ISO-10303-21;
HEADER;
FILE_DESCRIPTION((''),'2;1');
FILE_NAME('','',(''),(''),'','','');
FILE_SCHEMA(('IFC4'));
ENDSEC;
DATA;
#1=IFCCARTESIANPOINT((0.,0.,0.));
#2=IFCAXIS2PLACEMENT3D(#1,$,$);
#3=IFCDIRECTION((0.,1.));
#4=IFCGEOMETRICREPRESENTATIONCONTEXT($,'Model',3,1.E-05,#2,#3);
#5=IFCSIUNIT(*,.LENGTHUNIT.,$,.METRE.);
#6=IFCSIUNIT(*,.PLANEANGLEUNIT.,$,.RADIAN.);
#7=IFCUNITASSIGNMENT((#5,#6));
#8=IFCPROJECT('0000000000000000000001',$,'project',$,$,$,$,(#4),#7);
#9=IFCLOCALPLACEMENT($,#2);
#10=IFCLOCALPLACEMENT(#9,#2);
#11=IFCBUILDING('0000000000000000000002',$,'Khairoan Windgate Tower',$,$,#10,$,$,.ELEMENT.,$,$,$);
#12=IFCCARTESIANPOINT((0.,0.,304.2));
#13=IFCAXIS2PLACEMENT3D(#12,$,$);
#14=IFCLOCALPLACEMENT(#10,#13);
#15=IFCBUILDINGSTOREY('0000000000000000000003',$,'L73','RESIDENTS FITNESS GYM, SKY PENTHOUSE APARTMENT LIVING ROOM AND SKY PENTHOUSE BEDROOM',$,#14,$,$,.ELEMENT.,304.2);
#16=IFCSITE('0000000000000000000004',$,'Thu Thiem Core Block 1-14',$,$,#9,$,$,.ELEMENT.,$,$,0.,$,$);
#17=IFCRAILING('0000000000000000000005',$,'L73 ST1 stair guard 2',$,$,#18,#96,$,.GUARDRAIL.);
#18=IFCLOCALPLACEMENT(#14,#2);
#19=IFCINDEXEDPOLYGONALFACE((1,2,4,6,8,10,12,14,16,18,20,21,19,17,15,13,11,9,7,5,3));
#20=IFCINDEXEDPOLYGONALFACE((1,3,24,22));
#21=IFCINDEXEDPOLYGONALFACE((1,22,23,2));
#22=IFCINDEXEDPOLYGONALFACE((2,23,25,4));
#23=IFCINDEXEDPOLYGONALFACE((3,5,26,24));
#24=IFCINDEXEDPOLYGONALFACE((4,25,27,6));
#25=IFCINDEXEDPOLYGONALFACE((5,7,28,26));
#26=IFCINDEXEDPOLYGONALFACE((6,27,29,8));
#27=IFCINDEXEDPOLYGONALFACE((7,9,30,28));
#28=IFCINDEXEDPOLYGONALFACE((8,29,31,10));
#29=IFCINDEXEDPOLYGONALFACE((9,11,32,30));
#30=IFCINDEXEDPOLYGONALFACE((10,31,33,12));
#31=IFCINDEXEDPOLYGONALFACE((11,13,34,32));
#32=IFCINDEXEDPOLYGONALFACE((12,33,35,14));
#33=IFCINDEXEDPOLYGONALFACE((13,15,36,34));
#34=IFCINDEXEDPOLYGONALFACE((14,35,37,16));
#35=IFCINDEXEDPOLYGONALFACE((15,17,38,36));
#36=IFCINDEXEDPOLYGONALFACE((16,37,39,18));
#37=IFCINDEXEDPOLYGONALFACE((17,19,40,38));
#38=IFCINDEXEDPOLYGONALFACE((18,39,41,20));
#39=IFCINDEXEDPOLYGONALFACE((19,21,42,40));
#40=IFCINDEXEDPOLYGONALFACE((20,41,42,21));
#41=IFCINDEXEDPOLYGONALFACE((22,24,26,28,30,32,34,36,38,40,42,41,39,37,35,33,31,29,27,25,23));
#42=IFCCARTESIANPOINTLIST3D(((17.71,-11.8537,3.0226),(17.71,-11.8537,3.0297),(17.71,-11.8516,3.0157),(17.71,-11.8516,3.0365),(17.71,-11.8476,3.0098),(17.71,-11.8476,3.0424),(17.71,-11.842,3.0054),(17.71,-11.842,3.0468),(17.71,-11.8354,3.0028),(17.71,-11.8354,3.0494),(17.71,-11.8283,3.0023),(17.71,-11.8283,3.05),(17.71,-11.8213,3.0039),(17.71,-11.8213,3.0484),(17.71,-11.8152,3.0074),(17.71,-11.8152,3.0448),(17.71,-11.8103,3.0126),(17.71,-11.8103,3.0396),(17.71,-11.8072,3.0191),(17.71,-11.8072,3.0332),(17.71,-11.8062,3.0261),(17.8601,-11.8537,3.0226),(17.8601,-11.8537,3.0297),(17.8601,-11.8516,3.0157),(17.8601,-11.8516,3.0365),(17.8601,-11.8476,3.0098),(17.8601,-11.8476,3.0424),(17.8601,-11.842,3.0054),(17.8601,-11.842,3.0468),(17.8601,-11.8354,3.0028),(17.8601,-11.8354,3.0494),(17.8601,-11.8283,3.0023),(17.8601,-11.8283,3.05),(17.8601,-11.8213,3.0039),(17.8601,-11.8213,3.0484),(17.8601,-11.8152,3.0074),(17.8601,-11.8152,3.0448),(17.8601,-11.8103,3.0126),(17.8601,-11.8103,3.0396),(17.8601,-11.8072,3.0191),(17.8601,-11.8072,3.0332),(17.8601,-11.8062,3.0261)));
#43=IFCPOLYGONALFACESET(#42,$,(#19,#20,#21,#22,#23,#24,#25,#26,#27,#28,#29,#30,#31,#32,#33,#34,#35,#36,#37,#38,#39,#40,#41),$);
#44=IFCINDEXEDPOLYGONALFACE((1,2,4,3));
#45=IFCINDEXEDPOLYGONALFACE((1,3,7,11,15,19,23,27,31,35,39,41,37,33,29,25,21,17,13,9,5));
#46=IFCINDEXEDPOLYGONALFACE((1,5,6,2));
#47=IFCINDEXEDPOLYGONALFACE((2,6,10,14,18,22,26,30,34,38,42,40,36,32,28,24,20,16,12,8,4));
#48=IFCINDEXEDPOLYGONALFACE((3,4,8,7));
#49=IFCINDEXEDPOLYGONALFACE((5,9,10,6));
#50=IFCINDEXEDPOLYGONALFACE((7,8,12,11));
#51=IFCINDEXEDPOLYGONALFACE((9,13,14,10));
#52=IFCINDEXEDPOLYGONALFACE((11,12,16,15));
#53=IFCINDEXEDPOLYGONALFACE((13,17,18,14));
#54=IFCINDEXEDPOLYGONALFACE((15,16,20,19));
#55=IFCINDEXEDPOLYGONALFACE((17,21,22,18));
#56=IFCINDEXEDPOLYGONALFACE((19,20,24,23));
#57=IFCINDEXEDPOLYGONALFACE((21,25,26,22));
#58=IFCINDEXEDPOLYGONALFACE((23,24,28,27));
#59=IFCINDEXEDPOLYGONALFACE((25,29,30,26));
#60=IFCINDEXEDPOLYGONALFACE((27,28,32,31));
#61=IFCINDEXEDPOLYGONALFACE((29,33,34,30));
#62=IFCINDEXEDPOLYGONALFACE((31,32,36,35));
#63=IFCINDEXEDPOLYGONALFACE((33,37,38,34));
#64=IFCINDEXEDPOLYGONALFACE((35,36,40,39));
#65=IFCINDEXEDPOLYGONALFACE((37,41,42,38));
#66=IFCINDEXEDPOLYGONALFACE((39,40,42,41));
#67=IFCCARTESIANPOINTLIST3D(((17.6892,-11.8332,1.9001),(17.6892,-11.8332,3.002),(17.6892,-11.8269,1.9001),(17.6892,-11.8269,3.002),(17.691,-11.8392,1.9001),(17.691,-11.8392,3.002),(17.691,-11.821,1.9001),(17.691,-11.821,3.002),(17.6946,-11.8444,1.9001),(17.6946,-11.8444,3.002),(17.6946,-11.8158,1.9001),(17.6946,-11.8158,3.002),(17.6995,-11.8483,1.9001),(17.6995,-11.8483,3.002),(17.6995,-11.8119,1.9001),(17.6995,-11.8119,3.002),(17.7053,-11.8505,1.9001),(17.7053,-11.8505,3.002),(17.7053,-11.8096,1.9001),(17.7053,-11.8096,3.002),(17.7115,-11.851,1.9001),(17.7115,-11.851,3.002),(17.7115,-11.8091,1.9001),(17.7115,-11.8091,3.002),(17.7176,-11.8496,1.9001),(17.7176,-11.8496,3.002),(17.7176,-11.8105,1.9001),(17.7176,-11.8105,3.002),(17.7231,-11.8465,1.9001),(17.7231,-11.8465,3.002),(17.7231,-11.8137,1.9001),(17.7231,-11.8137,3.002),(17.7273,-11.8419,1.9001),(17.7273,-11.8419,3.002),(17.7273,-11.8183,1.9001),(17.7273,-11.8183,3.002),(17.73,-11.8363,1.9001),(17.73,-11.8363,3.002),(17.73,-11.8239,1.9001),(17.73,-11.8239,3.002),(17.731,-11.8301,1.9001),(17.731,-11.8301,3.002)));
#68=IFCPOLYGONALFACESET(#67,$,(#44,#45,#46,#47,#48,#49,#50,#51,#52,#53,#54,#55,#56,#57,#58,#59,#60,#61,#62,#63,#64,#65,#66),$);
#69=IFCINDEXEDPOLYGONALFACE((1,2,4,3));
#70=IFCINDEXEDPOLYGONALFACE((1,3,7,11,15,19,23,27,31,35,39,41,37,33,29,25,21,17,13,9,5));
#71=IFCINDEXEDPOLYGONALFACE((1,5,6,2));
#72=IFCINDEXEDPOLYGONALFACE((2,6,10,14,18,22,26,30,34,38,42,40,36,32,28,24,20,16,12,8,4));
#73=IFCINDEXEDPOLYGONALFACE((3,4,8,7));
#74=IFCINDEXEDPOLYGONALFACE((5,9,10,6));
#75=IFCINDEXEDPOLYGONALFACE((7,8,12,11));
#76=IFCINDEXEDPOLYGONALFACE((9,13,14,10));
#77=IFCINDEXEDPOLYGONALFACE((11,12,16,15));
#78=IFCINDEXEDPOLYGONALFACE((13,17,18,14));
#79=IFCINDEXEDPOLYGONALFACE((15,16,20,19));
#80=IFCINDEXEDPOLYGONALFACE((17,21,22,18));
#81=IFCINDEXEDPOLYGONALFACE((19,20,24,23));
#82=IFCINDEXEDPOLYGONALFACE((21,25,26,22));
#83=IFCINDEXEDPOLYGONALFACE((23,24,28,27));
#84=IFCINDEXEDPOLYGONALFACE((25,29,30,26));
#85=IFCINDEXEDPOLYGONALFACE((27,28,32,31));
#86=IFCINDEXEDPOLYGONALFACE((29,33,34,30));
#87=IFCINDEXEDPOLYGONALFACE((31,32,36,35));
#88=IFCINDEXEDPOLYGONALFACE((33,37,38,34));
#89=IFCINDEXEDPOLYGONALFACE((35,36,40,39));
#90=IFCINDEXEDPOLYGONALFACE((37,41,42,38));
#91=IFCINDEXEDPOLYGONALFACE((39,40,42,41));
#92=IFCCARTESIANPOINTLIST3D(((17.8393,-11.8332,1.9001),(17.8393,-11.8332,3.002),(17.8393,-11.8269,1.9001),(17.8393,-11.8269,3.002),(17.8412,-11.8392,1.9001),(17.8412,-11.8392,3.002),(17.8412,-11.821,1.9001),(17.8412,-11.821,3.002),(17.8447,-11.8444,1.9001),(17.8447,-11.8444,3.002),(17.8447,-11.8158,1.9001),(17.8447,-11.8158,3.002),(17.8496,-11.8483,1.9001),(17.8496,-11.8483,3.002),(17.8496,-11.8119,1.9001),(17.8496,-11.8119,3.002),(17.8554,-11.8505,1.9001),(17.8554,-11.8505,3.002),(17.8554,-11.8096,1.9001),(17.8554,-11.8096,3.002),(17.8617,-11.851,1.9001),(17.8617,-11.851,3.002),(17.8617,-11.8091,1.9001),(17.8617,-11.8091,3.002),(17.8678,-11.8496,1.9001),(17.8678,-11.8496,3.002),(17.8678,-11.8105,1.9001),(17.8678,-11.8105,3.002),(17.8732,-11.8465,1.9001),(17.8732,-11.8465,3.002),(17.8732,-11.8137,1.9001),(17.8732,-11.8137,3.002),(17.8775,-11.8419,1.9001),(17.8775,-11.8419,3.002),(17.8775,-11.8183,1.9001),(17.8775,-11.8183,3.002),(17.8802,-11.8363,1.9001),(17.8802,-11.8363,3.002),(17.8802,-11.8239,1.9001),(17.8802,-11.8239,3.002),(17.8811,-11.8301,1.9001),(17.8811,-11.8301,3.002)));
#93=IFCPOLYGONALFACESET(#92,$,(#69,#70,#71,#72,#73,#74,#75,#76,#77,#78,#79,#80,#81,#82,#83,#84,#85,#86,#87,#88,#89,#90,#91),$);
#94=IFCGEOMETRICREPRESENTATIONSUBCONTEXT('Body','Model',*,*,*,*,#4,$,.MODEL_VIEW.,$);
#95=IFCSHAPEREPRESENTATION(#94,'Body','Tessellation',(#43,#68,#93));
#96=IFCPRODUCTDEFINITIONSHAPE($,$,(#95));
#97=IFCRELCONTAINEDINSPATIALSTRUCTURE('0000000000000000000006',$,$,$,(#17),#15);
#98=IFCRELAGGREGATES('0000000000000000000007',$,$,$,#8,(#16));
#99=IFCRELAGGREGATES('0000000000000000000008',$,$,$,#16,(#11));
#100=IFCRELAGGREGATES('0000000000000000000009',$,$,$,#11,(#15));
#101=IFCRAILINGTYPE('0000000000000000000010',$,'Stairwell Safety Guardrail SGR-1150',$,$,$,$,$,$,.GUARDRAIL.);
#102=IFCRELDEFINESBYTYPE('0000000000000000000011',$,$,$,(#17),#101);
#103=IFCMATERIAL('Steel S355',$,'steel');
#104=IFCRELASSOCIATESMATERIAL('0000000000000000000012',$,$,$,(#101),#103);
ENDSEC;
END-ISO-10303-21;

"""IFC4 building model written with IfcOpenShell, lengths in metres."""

from ifc_helpers import new_model, si_unit, direction, frame, origin, origin_2d, place, context, subcontext, project, spatial, circle, extrude, material, type_object, element, save


model = new_model("IFC4")

# Units and contexts
model_context = context("Model", 3, precision=1e-05, world=origin(), true_north=direction((0.0, 1.0)))
body_context = subcontext(model_context, "Body", "Model", "MODEL_VIEW")
ifc_project = project(units=[si_unit("LENGTHUNIT", "METRE"), si_unit("PLANEANGLEUNIT", "RADIAN")], contexts=[model_context])

# Site, building, storey
site_placement = place(None, origin())
site = spatial("IfcSite", under=ifc_project, at=site_placement, Name="Thu Thiem Core Block 1-14", CompositionType="ELEMENT", RefElevation=0.0)
building_placement = place(site_placement, origin())
building = spatial("IfcBuilding", under=site, at=building_placement, Name="Khairoan Windgate Tower", CompositionType="ELEMENT")
storey_placement = place(building_placement, frame((0.0, 0.0, 304.2)))
storey = spatial("IfcBuildingStorey", under=building, at=storey_placement, Name="L73", Description="RESIDENTS FITNESS GYM, SKY PENTHOUSE APARTMENT LIVING ROOM AND SKY PENTHOUSE BEDROOM", CompositionType="ELEMENT", Elevation=304.2)

# Railing
ifc_material_1 = material(Name="Steel S355", Category="steel")
railing_type_1 = type_object("IfcRailingType", Name="Stairwell Safety Guardrail SGR-1150", PredefinedType="GUARDRAIL", material=ifc_material_1)
railing_1_placement = place(storey_placement, frame((17.71, -11.8301, 1.9001)))
element("IfcRailing", 1, at=railing_1_placement, inside=storey, type_object=railing_type_1, Name="L73 ST1 stair guard 2", PredefinedType="GUARDRAIL", context=body_context, shape_type="SweptSolid", body=[
    extrude(circle(Radius=0.0239, at=origin_2d()), frame((0.0, 0.0, 1.126), z_axis=(1.0, 0.0, 0.0), x_axis=(0.0, 1.0, 0.0)), (0.0, 0.0, 1.0), 0.1501),
    extrude(circle(Radius=0.021, at=origin_2d()), origin(), (0.0, 0.0, 1.0), 1.1018),
    extrude(circle(Radius=0.021, at=origin_2d()), frame((0.1501, 0.0, 0.0)), (0.0, 0.0, 1.0), 1.1018),
])

save(model, "model.ifc")
